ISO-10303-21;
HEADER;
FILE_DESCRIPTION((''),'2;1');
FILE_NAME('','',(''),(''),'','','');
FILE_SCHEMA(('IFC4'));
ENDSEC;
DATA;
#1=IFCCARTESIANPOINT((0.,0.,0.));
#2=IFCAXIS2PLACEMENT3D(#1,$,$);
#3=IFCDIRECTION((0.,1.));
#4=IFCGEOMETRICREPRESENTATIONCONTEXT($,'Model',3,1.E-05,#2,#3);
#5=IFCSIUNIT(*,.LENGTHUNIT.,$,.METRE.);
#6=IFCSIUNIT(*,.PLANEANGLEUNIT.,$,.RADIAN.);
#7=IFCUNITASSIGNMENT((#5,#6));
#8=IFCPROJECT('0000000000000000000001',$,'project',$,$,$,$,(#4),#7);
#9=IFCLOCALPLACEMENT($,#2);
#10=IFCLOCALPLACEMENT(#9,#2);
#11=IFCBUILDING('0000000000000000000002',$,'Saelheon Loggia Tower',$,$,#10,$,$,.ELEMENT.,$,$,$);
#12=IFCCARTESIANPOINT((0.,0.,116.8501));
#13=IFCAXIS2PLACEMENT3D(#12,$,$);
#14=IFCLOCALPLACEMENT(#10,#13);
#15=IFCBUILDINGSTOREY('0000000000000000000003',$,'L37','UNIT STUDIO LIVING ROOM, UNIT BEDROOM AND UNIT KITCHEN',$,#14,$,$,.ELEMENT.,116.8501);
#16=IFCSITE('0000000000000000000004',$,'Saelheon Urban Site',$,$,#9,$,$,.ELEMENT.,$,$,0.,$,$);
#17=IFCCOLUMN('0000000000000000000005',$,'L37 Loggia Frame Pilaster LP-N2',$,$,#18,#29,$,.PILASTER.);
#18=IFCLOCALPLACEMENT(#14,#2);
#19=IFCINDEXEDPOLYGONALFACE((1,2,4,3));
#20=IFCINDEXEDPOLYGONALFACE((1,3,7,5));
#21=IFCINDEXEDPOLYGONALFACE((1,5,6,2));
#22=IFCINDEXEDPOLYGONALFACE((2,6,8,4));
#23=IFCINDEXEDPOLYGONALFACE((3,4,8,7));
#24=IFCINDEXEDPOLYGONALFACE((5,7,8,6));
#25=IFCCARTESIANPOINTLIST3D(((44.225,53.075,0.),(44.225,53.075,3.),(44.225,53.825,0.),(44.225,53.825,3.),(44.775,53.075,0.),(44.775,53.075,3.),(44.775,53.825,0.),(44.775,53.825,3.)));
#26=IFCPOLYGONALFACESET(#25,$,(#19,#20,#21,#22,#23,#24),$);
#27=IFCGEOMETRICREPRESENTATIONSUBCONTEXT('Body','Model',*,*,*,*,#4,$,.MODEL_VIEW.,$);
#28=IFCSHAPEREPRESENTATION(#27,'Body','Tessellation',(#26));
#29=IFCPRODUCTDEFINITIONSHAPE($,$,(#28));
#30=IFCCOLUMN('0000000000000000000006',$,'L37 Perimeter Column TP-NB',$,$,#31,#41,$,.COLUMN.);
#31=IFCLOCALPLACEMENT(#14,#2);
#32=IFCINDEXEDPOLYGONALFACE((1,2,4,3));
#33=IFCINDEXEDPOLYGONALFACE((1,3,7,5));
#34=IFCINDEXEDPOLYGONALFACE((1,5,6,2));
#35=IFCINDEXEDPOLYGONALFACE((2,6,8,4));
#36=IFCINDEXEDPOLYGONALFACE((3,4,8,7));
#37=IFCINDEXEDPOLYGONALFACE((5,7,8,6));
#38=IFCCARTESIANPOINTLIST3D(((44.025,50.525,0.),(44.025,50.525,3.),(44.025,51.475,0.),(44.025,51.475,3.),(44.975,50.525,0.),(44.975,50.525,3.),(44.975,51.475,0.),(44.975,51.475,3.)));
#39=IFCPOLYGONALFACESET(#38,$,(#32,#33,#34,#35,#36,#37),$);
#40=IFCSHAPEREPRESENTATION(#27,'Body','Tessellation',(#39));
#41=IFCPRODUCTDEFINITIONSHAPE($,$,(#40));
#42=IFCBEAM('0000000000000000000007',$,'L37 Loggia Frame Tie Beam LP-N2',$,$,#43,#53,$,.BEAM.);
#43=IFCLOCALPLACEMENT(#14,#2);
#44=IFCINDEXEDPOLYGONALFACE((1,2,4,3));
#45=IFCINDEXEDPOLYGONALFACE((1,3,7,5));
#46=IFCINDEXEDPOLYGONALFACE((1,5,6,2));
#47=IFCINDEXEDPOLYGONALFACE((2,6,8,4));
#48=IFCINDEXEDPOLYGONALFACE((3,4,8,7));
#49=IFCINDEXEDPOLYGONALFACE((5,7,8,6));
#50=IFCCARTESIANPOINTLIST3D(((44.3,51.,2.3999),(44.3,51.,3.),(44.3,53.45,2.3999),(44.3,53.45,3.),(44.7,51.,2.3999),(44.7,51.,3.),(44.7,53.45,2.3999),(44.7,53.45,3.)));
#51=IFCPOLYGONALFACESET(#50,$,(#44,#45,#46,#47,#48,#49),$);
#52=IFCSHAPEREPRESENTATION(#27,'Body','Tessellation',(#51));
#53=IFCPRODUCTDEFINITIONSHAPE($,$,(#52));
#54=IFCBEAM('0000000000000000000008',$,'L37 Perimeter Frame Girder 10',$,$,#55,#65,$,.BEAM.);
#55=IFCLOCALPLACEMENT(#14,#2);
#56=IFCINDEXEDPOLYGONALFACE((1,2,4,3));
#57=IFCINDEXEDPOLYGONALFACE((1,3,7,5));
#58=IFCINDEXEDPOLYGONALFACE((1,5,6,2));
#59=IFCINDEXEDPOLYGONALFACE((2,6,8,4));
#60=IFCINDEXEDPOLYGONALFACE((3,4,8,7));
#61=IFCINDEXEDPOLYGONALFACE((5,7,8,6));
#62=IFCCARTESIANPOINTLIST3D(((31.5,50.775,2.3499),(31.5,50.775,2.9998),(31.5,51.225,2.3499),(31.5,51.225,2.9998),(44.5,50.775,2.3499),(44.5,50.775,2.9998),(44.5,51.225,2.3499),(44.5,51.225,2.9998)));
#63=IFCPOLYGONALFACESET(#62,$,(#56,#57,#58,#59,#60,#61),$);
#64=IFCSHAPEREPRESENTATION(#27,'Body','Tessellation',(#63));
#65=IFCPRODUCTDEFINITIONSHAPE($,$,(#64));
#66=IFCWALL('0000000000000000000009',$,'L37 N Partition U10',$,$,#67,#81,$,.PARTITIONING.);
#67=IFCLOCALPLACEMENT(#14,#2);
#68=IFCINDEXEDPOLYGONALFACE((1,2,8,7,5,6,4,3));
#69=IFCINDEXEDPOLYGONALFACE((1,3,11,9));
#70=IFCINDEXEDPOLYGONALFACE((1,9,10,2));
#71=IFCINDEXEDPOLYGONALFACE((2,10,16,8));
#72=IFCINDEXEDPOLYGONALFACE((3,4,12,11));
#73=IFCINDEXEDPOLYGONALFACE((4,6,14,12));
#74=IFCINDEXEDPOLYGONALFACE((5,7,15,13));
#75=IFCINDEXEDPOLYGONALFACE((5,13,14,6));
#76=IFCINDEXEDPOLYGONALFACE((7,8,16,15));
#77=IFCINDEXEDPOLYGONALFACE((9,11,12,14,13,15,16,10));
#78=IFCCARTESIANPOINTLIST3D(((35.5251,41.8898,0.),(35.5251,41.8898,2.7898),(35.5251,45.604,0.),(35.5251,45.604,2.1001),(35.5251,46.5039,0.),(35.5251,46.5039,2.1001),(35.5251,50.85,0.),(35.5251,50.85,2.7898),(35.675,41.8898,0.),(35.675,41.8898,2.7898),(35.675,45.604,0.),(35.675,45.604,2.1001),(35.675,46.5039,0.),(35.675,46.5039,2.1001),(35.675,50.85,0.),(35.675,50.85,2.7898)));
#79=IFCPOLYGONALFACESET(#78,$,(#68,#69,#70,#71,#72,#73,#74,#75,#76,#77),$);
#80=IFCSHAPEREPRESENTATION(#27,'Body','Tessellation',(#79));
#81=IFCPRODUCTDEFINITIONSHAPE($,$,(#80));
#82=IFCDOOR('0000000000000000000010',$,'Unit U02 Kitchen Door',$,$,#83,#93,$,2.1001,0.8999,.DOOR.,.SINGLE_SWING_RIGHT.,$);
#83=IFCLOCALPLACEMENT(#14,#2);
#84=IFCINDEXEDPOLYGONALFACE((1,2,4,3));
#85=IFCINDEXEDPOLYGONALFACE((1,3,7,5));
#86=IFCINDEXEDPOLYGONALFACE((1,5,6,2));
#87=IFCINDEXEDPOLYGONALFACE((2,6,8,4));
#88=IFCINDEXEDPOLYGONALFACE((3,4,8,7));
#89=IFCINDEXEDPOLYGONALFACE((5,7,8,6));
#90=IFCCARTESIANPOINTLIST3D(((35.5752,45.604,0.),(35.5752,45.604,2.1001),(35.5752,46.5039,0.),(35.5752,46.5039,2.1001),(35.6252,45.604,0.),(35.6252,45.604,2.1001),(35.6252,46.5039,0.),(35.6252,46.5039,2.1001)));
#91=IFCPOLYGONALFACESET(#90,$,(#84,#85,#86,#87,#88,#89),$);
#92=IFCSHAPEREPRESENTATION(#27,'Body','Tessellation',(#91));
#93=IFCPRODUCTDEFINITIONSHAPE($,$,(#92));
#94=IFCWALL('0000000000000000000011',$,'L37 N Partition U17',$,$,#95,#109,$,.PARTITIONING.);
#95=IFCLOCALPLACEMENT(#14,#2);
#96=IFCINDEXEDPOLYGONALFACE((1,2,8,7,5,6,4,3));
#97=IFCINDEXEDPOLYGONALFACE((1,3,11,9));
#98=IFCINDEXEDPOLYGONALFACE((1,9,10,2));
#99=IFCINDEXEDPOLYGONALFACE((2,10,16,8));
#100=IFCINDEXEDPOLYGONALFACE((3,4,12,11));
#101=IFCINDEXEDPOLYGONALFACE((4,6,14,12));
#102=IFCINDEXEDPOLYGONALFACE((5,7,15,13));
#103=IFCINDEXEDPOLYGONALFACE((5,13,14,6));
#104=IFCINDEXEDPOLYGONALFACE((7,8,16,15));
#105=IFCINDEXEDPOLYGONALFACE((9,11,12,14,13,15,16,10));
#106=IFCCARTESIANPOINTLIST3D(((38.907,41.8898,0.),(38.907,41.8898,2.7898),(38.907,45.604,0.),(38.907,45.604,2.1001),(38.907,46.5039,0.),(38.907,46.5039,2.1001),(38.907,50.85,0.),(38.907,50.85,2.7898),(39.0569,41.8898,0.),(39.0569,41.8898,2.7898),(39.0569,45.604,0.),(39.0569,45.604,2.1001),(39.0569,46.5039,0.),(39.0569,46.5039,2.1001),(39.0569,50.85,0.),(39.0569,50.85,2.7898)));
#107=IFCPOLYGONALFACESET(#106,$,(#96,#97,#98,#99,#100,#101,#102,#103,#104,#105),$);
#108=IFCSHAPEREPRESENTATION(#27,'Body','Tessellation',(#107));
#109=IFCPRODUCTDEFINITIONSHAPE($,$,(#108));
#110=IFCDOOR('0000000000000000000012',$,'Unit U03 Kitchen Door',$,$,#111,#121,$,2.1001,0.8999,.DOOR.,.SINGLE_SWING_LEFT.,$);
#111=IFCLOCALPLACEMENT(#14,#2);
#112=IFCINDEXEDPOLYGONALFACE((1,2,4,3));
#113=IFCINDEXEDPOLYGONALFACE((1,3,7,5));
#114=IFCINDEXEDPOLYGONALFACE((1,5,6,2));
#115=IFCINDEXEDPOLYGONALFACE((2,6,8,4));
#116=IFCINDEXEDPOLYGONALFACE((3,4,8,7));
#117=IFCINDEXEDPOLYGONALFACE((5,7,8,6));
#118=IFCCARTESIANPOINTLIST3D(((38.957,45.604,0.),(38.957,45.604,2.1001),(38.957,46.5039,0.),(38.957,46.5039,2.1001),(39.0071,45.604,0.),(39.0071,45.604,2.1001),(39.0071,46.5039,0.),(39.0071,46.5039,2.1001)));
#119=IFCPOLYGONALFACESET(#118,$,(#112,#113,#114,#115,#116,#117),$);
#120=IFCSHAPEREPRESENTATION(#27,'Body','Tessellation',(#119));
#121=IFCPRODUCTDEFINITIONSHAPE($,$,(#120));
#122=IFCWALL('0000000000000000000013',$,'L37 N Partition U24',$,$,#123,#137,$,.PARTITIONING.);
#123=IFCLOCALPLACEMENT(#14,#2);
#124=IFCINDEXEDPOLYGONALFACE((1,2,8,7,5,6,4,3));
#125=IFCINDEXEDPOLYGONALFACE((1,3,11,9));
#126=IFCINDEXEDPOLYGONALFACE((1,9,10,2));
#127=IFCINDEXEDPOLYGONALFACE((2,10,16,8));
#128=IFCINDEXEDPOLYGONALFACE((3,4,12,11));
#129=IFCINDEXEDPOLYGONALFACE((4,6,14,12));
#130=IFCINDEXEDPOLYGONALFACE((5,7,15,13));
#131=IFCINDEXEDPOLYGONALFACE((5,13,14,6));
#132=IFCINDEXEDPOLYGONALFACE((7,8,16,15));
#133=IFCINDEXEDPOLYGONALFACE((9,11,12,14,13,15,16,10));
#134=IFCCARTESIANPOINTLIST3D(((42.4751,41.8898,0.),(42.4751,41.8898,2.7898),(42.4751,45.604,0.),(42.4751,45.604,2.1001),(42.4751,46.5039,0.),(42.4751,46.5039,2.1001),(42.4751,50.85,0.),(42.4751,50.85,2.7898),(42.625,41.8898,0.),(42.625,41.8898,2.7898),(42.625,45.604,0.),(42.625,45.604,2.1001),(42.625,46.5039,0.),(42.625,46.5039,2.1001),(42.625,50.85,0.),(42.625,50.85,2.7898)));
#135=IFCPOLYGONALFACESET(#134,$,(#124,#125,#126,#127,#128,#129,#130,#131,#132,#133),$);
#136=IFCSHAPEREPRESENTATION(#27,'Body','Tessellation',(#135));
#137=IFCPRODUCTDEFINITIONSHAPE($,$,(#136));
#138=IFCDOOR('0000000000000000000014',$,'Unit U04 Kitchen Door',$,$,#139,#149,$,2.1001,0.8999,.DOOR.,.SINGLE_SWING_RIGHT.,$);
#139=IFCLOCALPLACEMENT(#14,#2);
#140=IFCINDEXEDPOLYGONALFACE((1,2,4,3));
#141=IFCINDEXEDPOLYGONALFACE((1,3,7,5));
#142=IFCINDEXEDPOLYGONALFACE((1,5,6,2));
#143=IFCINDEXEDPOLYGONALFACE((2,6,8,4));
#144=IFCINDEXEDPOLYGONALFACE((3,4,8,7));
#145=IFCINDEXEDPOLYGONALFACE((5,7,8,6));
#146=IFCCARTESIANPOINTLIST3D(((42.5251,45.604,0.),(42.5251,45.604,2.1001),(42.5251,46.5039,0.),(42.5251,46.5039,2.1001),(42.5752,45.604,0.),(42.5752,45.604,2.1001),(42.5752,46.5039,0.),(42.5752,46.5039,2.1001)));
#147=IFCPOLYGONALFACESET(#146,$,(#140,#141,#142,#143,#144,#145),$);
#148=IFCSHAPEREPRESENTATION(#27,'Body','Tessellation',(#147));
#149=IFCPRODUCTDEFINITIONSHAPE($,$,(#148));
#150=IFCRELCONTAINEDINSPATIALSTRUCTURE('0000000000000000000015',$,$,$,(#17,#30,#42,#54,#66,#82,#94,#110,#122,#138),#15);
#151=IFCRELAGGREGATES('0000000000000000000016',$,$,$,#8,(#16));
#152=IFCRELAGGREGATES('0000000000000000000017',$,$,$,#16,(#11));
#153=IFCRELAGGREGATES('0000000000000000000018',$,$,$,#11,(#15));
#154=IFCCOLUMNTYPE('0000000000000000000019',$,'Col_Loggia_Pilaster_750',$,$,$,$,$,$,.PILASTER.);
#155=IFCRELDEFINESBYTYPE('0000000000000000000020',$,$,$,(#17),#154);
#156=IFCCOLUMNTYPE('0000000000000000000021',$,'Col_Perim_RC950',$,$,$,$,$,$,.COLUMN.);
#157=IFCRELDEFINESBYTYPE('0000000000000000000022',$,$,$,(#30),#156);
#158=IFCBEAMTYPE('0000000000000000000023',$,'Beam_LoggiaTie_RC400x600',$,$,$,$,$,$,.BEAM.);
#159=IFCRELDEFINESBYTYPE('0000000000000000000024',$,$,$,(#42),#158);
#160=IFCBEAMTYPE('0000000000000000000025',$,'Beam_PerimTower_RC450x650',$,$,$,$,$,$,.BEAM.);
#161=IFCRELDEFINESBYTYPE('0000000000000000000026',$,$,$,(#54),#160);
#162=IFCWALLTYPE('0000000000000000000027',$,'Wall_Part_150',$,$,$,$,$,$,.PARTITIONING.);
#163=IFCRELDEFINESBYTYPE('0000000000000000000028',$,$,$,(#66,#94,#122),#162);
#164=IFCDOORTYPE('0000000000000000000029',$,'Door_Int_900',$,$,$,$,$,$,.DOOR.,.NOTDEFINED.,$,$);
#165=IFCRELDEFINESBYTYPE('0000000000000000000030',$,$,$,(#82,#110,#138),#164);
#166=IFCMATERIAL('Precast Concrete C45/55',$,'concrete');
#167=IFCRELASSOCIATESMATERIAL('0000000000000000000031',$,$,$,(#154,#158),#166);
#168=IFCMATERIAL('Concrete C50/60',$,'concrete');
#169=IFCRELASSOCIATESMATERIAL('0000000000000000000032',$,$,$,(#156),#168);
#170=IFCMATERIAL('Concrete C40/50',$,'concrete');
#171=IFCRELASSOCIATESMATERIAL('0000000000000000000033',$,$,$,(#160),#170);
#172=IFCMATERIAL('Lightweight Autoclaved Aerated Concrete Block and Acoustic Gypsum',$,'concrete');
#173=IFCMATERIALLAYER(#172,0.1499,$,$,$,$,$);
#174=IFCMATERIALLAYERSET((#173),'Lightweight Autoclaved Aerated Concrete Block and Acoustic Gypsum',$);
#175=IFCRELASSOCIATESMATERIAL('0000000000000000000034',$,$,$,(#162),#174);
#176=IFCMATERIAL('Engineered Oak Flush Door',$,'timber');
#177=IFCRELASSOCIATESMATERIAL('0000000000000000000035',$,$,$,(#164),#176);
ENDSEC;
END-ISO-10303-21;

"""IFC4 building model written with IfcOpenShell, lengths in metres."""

from ifc_helpers import new_model, si_unit, direction, frame, frame_2d, origin, origin_2d, place, context, subcontext, project, spatial, rectangle, extrude, source, transform, mapped, material, layer, layer_set, material_profile, profile_set, type_object, element, fill, save


model = new_model("IFC4")

# Units and contexts
model_context = context("Model", 3, precision=1e-05, world=origin(), true_north=direction((0.0, 1.0)))
body_context = subcontext(model_context, "Body", "Model", "MODEL_VIEW")
ifc_project = project(units=[si_unit("LENGTHUNIT", "METRE"), si_unit("PLANEANGLEUNIT", "RADIAN")], contexts=[model_context])

# Site, building, storey
site_placement = place(None, origin())
site = spatial("IfcSite", under=ifc_project, at=site_placement, Name="Saelheon Urban Site", CompositionType="ELEMENT", RefElevation=0.0)
building_placement = place(site_placement, origin())
building = spatial("IfcBuilding", under=site, at=building_placement, Name="Saelheon Loggia Tower", CompositionType="ELEMENT")
storey_placement = place(building_placement, frame((0.0, 0.0, 116.8501)))
storey = spatial("IfcBuildingStorey", under=building, at=storey_placement, Name="L37", Description="UNIT STUDIO LIVING ROOM, UNIT BEDROOM AND UNIT KITCHEN", CompositionType="ELEMENT", Elevation=116.8501)

# Columns
ifc_material_1 = material(Name="Precast Concrete C45/55", Category="concrete")
ifc_material_profile_1 = material_profile(ifc_material_1, rectangle(XDim=0.55, YDim=0.75, at=origin_2d()), Name="RC-550x750")
ifc_profile_set_1 = profile_set([ifc_material_profile_1], Name="Precast Concrete C45/55")
column_type_1 = type_object("IfcColumnType", Name="Col_Loggia_Pilaster_750", PredefinedType="PILASTER", material=ifc_profile_set_1)
shared_shape_1 = source(origin(), body_context, "Body", "SweptSolid", [
    extrude(rectangle(XDim=0.55, YDim=0.75, at=origin_2d()), origin(), (0.0, 0.0, 1.0), 3.0),
])
column_1_placement = place(storey_placement, frame((44.5, 53.45, 0.0), z_axis=(0.0, 0.0, 1.0), x_axis=(1.0, 0.0, 0.0)))
element("IfcColumn", 1, at=column_1_placement, inside=storey, type_object=column_type_1, Name="L37 Loggia Frame Pilaster LP-N2", PredefinedType="PILASTER", context=body_context, shape_type="MappedRepresentation", body=[
    mapped(shared_shape_1, transform((0.0, 0.0, 0.0), scale=1.0)),
])
ifc_material_2 = material(Name="Concrete C50/60", Category="concrete")
ifc_material_profile_2 = material_profile(ifc_material_2, rectangle(XDim=0.95, YDim=0.95, at=origin_2d()), Name="RC-950x950")
ifc_profile_set_2 = profile_set([ifc_material_profile_2], Name="Concrete C50/60")
column_type_2 = type_object("IfcColumnType", Name="Col_Perim_RC950", PredefinedType="COLUMN", material=ifc_profile_set_2)
shared_shape_2 = source(origin(), body_context, "Body", "SweptSolid", [
    extrude(rectangle(XDim=0.95, YDim=0.95, at=origin_2d()), origin(), (0.0, 0.0, 1.0), 3.0),
])
column_2_placement = place(storey_placement, frame((44.5, 51.0, 0.0), z_axis=(0.0, 0.0, 1.0), x_axis=(1.0, 0.0, 0.0)))
element("IfcColumn", 2, at=column_2_placement, inside=storey, type_object=column_type_2, Name="L37 Perimeter Column TP-NB", PredefinedType="COLUMN", context=body_context, shape_type="MappedRepresentation", body=[
    mapped(shared_shape_2, transform((0.0, 0.0, 0.0), scale=1.0)),
])

# Beams
ifc_material_profile_3 = material_profile(ifc_material_1, rectangle(XDim=0.3999, YDim=0.6001, at=origin_2d()), Name="RC-400x600")
ifc_profile_set_3 = profile_set([ifc_material_profile_3], Name="Precast Concrete C45/55")
beam_type_1 = type_object("IfcBeamType", Name="Beam_LoggiaTie_RC400x600", PredefinedType="BEAM", material=ifc_profile_set_3)
shared_shape_3 = source(origin(), body_context, "Body", "SweptSolid", [
    extrude(rectangle(XDim=0.3999, YDim=0.6001, at=origin_2d()), origin(), (0.0, 0.0, 1.0), 2.45),
])
beam_1_placement = place(storey_placement, frame((44.5, 51.0, 2.7), z_axis=(0.0, 1.0, 0.0), x_axis=(-1.0, 0.0, 0.0)))
element("IfcBeam", 3, at=beam_1_placement, inside=storey, type_object=beam_type_1, Name="L37 Loggia Frame Tie Beam LP-N2", PredefinedType="BEAM", context=body_context, shape_type="MappedRepresentation", body=[
    mapped(shared_shape_3, transform((0.0, 0.0, 0.0), scale=1.0)),
])
ifc_material_3 = material(Name="Concrete C40/50", Category="concrete")
ifc_material_profile_4 = material_profile(ifc_material_3, rectangle(XDim=0.45, YDim=0.6499, at=origin_2d()), Name="RC-450x650")
ifc_profile_set_4 = profile_set([ifc_material_profile_4], Name="Concrete C40/50")
beam_type_2 = type_object("IfcBeamType", Name="Beam_PerimTower_RC450x650", PredefinedType="BEAM", material=ifc_profile_set_4)
shared_shape_4 = source(origin(), body_context, "Body", "SweptSolid", [
    extrude(rectangle(XDim=0.45, YDim=0.6499, at=origin_2d()), origin(), (0.0, 0.0, 1.0), 13.0),
])
beam_2_placement = place(storey_placement, frame((44.5, 51.0, 2.6748), z_axis=(-1.0, 0.0, 0.0), x_axis=(0.0, -1.0, 0.0)))
element("IfcBeam", 4, at=beam_2_placement, inside=storey, type_object=beam_type_2, Name="L37 Perimeter Frame Girder 10", PredefinedType="BEAM", context=body_context, shape_type="MappedRepresentation", body=[
    mapped(shared_shape_4, transform((0.0, 0.0, 0.0), scale=1.0)),
])

# Walls, openings, doors
ifc_material_4 = material(Name="Lightweight Autoclaved Aerated Concrete Block and Acoustic Gypsum", Category="concrete")
ifc_layer_1 = layer(ifc_material_4, 0.1499)
ifc_layer_set_1 = layer_set([ifc_layer_1], Name="Lightweight Autoclaved Aerated Concrete Block and Acoustic Gypsum")
wall_type_1 = type_object("IfcWallType", Name="Wall_Part_150", PredefinedType="PARTITIONING", material=ifc_layer_set_1)
wall_1_placement = place(storey_placement, frame((35.6001, 41.8899, 0.0), z_axis=(0.0, 0.0, 1.0), x_axis=(0.0, 1.0, 0.0)))
wall_1 = element("IfcWall", 5, at=wall_1_placement, inside=storey, type_object=wall_type_1, Name="L37 N Partition U10", PredefinedType="PARTITIONING", context=body_context, shape_type="SweptSolid", body=[
    extrude(rectangle(XDim=8.9602, YDim=0.1499, at=frame_2d((4.48, 0.0))), origin(), (0.0, 0.0, 1.0), 2.7898),
])
opening_1_placement = place(wall_1_placement, frame((3.7141, 0.0, 0.0)))
opening_1 = element("IfcOpeningElement", 6, at=opening_1_placement, cuts=wall_1, PredefinedType="OPENING", context=body_context, shape_type="SweptSolid", body=[
    extrude(rectangle(XDim=0.8999, YDim=2.1001, at=frame_2d((0.45, 1.05))), frame((0.0, 0.0869, 0.0), z_axis=(0.0, -1.0, 0.0), x_axis=(1.0, 0.0, 0.0)), (0.0, 0.0, 1.0), 0.1738),
])
ifc_material_5 = material(Name="Engineered Oak Flush Door", Category="timber")
door_type = type_object("IfcDoorType", Name="Door_Int_900", OperationType="NOTDEFINED", PredefinedType="DOOR", material=ifc_material_5)
shared_shape_5 = source(origin(), body_context, "Body", "SweptSolid", [
    extrude(rectangle(XDim=0.8999, YDim=2.1001, at=frame_2d((0.45, 1.05))), frame((0.0, 0.0249, 0.0), z_axis=(0.0, -1.0, 0.0), x_axis=(1.0, 0.0, 0.0)), (0.0, 0.0, 1.0), 0.05),
])
door_1_placement = place(opening_1_placement, origin())
door_1 = element("IfcDoor", 7, at=door_1_placement, inside=storey, type_object=door_type, Name="Unit U02 Kitchen Door", OperationType="SINGLE_SWING_RIGHT", OverallHeight=2.1001, OverallWidth=0.8999, PredefinedType="DOOR", context=body_context, shape_type="MappedRepresentation", body=[
    mapped(shared_shape_5, transform((0.0, 0.0, 0.0), scale=1.0)),
])
fill(opening_1, door_1)
wall_2_placement = place(storey_placement, frame((38.9819, 41.8899, 0.0), z_axis=(0.0, 0.0, 1.0), x_axis=(0.0, 1.0, 0.0)))
wall_2 = element("IfcWall", 8, at=wall_2_placement, inside=storey, type_object=wall_type_1, Name="L37 N Partition U17", PredefinedType="PARTITIONING", context=body_context, shape_type="SweptSolid", body=[
    extrude(rectangle(XDim=8.9602, YDim=0.1499, at=frame_2d((4.48, 0.0))), origin(), (0.0, 0.0, 1.0), 2.7898),
])
opening_2_placement = place(wall_2_placement, frame((3.7141, 0.0, 0.0)))
opening_2 = element("IfcOpeningElement", 9, at=opening_2_placement, cuts=wall_2, PredefinedType="OPENING", context=body_context, shape_type="SweptSolid", body=[
    extrude(rectangle(XDim=0.8999, YDim=2.1001, at=frame_2d((0.45, 1.05))), frame((0.0, 0.0869, 0.0), z_axis=(0.0, -1.0, 0.0), x_axis=(1.0, 0.0, 0.0)), (0.0, 0.0, 1.0), 0.1738),
])
door_2_placement = place(opening_2_placement, origin())
door_2 = element("IfcDoor", 10, at=door_2_placement, inside=storey, type_object=door_type, Name="Unit U03 Kitchen Door", OperationType="SINGLE_SWING_LEFT", OverallHeight=2.1001, OverallWidth=0.8999, PredefinedType="DOOR", context=body_context, shape_type="MappedRepresentation", body=[
    mapped(shared_shape_5, transform((0.0, 0.0, 0.0), scale=1.0)),
])
fill(opening_2, door_2)
wall_3_placement = place(storey_placement, frame((42.55, 41.8899, 0.0), z_axis=(0.0, 0.0, 1.0), x_axis=(0.0, 1.0, 0.0)))
wall_3 = element("IfcWall", 11, at=wall_3_placement, inside=storey, type_object=wall_type_1, Name="L37 N Partition U24", PredefinedType="PARTITIONING", context=body_context, shape_type="SweptSolid", body=[
    extrude(rectangle(XDim=8.9602, YDim=0.1499, at=frame_2d((4.48, 0.0))), origin(), (0.0, 0.0, 1.0), 2.7898),
])
opening_3_placement = place(wall_3_placement, frame((3.7141, 0.0, 0.0)))
opening_3 = element("IfcOpeningElement", 12, at=opening_3_placement, cuts=wall_3, PredefinedType="OPENING", context=body_context, shape_type="SweptSolid", body=[
    extrude(rectangle(XDim=0.8999, YDim=2.1001, at=frame_2d((0.45, 1.05))), frame((0.0, 0.0869, 0.0), z_axis=(0.0, -1.0, 0.0), x_axis=(1.0, 0.0, 0.0)), (0.0, 0.0, 1.0), 0.1738),
])
door_3_placement = place(opening_3_placement, origin())
door_3 = element("IfcDoor", 13, at=door_3_placement, inside=storey, type_object=door_type, Name="Unit U04 Kitchen Door", OperationType="SINGLE_SWING_RIGHT", OverallHeight=2.1001, OverallWidth=0.8999, PredefinedType="DOOR", context=body_context, shape_type="MappedRepresentation", body=[
    mapped(shared_shape_5, transform((0.0, 0.0, 0.0), scale=1.0)),
])
fill(opening_3, door_3)

save(model, "model.ifc")
